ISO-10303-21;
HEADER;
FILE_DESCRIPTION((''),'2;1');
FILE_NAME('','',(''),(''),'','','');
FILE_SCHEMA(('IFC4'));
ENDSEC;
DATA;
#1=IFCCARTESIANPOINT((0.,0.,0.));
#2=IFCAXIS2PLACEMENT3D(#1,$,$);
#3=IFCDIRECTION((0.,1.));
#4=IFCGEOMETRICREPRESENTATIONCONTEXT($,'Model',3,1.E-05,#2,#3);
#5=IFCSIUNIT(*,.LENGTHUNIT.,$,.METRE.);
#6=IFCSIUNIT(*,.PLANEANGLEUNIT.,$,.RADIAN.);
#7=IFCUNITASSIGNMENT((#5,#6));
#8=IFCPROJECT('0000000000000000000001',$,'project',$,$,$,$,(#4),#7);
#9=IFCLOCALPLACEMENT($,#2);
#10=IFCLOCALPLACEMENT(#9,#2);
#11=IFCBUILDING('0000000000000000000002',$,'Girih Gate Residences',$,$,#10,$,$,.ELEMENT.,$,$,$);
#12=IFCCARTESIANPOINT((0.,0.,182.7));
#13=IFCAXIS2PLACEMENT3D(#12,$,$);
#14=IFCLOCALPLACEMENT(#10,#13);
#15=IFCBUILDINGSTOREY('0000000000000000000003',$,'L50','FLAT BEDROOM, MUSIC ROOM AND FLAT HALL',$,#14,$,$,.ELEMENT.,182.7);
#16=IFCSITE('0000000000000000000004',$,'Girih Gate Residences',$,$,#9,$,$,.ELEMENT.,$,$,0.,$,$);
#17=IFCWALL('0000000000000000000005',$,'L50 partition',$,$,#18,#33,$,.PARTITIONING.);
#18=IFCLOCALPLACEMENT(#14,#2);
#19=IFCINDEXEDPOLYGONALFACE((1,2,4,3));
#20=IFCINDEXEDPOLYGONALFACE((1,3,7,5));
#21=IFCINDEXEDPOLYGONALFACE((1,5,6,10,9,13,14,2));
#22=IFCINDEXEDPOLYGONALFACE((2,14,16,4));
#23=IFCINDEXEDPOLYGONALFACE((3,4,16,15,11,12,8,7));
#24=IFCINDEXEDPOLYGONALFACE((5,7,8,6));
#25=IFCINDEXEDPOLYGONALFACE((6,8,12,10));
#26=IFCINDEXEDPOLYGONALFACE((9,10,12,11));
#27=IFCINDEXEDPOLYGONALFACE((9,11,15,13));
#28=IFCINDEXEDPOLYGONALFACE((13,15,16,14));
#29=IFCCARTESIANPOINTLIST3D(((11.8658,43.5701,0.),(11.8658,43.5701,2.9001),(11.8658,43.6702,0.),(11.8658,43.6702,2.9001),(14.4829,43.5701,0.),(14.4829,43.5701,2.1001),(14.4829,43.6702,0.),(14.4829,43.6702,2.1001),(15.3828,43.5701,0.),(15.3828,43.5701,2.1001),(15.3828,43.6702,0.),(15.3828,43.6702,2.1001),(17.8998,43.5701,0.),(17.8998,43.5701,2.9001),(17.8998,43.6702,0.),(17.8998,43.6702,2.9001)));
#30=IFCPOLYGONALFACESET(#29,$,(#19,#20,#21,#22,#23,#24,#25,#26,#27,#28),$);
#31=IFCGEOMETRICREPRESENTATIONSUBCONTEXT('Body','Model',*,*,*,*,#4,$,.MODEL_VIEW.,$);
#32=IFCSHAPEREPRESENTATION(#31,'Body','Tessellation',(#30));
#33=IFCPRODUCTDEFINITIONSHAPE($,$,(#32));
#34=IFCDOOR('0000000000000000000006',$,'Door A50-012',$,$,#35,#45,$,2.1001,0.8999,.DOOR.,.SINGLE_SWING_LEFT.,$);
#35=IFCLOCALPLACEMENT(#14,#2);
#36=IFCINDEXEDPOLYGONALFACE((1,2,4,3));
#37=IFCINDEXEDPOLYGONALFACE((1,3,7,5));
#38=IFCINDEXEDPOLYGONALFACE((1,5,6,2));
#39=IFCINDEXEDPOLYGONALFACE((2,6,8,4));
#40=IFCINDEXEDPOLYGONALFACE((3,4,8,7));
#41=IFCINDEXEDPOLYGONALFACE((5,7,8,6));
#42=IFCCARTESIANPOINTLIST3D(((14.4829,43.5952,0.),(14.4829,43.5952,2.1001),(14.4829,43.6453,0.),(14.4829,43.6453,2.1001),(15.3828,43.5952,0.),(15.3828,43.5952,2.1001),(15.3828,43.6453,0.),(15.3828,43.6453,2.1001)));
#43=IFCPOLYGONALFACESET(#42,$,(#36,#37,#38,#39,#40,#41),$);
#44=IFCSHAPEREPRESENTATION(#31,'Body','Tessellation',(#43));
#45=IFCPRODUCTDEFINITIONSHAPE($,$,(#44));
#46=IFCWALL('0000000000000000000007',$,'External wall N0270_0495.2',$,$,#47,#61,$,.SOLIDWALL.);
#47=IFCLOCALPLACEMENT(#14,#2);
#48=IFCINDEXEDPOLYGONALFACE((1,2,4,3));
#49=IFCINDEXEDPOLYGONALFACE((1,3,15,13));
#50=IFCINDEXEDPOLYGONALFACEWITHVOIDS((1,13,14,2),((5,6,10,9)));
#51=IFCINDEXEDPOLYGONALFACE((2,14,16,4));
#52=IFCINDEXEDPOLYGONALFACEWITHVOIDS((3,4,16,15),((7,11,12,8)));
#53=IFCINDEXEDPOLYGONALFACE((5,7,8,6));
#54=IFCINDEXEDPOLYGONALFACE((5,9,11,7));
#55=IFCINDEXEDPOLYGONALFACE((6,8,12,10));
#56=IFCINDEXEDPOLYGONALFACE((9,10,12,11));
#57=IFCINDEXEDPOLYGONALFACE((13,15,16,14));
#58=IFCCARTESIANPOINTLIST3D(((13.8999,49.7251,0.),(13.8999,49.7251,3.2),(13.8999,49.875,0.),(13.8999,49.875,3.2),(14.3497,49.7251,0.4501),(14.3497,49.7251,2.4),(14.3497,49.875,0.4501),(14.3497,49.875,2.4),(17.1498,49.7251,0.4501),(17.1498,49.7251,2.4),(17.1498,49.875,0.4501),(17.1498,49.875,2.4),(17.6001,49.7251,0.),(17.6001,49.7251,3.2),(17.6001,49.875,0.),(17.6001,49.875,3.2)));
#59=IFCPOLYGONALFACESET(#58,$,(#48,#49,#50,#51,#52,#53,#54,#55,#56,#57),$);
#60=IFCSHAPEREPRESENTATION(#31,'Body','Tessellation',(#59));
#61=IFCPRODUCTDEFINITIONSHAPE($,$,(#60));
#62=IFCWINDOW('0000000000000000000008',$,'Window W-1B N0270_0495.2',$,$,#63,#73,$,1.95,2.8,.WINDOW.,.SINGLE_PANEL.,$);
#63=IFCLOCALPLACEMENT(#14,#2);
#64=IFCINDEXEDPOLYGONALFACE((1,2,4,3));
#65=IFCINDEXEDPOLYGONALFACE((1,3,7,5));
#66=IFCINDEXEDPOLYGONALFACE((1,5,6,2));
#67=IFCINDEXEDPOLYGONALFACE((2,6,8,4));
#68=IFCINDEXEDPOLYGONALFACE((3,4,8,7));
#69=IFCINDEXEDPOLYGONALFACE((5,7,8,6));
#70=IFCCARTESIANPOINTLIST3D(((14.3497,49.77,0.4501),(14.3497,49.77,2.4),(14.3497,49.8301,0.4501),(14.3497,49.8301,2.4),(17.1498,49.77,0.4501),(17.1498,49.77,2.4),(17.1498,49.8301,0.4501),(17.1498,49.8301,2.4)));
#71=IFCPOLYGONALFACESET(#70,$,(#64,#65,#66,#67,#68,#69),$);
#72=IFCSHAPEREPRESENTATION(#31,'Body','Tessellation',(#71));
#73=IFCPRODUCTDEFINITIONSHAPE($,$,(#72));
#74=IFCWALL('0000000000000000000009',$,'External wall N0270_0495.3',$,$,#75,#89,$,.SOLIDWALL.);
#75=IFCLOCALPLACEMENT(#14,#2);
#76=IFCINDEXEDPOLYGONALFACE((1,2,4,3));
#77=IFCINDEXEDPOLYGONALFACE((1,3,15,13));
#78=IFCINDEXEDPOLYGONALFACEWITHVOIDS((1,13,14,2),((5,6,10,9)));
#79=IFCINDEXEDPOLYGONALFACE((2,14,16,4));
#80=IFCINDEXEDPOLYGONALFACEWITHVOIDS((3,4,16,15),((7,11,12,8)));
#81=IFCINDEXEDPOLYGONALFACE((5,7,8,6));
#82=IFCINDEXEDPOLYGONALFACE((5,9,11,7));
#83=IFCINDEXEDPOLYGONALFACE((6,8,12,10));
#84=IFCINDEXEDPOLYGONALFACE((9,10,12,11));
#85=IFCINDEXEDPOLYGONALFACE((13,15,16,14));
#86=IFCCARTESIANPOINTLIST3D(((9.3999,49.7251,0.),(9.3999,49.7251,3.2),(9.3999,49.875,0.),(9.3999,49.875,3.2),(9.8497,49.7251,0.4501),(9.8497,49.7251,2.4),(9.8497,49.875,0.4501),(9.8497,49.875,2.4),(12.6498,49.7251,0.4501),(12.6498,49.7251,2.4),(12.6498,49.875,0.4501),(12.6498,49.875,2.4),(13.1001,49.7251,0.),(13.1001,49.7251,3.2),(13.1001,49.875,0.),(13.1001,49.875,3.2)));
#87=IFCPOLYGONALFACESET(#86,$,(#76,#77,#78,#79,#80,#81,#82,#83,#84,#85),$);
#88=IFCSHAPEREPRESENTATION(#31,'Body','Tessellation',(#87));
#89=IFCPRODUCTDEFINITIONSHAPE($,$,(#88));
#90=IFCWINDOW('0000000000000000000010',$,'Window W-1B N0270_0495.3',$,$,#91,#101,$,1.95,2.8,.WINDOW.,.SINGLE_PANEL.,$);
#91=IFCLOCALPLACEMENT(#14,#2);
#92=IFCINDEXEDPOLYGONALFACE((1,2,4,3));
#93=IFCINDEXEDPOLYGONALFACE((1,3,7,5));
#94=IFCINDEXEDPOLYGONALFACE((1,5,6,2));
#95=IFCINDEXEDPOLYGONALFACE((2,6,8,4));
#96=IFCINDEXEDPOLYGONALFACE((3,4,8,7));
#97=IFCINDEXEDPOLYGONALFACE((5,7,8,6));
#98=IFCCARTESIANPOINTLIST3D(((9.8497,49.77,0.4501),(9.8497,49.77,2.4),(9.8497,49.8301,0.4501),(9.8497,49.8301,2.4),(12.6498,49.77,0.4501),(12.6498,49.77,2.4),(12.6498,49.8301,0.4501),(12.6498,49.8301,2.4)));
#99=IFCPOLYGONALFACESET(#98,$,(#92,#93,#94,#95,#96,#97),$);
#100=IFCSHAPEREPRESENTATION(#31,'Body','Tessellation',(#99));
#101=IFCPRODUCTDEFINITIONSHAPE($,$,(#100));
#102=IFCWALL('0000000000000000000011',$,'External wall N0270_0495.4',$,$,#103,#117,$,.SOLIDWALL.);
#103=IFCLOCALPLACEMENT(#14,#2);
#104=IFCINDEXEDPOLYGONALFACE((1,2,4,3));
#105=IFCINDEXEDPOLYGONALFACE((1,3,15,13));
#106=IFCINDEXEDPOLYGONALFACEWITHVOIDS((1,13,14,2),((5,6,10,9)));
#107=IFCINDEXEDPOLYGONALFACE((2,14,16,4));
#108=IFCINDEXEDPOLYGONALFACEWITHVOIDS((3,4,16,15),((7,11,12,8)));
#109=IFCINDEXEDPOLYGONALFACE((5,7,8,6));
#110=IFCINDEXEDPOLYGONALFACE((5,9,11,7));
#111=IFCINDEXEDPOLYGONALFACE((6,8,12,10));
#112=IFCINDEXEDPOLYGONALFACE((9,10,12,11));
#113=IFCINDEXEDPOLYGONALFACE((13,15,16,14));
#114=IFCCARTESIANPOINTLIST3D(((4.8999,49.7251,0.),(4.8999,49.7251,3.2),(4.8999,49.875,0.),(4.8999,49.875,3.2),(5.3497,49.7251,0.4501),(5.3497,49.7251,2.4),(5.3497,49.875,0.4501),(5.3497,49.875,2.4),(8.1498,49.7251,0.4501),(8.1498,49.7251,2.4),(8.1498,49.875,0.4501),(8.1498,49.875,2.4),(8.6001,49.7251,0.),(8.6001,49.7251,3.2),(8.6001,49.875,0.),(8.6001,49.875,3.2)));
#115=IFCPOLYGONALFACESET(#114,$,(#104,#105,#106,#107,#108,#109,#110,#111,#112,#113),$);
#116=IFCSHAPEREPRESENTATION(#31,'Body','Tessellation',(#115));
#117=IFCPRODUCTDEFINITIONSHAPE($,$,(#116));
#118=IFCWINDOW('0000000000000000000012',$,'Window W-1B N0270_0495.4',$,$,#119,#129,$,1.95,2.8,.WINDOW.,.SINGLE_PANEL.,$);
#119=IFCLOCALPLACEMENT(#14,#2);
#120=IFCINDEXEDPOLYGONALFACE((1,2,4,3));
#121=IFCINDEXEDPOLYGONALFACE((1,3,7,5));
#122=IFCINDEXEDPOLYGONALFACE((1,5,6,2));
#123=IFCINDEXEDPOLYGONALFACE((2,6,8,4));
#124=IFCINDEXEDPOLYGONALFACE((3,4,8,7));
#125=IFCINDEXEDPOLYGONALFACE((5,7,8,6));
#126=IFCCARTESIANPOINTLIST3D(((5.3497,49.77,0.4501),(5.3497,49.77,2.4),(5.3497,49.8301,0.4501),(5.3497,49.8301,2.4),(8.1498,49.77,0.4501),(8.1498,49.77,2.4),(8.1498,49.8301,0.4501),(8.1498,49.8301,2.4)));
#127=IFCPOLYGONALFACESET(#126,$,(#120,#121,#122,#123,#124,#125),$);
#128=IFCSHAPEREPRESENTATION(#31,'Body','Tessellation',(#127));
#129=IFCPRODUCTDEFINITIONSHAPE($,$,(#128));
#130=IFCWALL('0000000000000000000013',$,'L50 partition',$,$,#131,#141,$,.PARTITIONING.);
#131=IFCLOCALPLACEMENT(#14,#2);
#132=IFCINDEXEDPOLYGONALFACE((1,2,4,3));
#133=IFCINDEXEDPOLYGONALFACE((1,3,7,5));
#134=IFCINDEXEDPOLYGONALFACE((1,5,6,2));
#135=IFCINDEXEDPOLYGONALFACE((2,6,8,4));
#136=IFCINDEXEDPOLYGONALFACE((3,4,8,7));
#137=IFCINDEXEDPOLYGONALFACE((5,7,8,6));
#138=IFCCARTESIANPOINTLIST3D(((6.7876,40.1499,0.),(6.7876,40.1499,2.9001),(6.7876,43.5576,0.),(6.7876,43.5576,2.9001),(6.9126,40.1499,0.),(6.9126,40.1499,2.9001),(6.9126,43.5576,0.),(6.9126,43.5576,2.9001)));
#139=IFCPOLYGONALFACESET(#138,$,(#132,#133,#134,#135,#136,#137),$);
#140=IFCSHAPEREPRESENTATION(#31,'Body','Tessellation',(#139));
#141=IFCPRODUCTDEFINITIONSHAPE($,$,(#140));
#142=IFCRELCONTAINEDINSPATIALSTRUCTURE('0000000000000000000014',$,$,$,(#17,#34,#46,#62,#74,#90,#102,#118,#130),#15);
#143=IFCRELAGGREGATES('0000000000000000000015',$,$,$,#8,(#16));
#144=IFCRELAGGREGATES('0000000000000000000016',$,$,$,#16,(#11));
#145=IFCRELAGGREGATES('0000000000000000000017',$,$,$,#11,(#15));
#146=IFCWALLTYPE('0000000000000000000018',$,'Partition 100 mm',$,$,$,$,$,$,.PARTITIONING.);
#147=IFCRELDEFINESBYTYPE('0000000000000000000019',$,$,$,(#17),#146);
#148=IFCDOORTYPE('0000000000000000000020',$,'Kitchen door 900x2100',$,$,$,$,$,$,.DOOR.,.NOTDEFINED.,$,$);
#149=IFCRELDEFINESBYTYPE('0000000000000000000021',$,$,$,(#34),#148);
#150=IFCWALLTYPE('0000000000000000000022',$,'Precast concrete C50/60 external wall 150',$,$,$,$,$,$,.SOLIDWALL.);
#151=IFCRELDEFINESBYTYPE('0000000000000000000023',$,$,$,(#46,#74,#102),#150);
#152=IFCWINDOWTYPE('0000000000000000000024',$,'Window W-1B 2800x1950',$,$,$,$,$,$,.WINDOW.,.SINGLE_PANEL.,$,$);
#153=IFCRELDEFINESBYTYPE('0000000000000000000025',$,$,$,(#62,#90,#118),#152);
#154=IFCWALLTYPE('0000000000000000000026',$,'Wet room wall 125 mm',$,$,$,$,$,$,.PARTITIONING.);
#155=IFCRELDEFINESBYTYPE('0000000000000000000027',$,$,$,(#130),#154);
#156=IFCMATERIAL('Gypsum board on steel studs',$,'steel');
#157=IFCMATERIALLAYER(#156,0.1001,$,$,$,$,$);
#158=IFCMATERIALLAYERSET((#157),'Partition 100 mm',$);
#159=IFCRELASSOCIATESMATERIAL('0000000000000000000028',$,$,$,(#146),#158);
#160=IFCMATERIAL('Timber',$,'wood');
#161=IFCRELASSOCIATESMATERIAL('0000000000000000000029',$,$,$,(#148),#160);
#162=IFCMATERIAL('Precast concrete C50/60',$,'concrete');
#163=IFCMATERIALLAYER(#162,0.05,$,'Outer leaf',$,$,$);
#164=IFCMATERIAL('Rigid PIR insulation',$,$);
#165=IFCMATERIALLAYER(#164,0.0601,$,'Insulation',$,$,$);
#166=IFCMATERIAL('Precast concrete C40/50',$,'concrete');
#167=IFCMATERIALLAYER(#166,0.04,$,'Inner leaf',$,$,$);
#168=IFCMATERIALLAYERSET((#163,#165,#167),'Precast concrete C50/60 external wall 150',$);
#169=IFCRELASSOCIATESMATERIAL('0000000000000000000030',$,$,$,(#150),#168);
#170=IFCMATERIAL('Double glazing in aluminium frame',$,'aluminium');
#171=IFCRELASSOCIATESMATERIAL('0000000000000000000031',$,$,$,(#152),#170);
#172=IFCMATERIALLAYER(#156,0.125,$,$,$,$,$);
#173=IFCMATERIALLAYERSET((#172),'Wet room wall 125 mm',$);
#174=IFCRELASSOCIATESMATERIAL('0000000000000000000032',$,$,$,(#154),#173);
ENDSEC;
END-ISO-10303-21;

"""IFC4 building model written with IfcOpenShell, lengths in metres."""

from ifc_helpers import new_model, si_unit, direction, frame, frame_2d, origin, place, context, subcontext, project, spatial, rectangle, extrude, material, layer, layer_set, type_object, element, fill, save


model = new_model("IFC4")

# Units and contexts
model_context = context("Model", 3, precision=1e-05, world=origin(), true_north=direction((0.0, 1.0)))
body_context = subcontext(model_context, "Body", "Model", "MODEL_VIEW")
ifc_project = project(units=[si_unit("LENGTHUNIT", "METRE"), si_unit("PLANEANGLEUNIT", "RADIAN")], contexts=[model_context])

# Site, building, storey
site_placement = place(None, origin())
site = spatial("IfcSite", under=ifc_project, at=site_placement, Name="Girih Gate Residences", CompositionType="ELEMENT", RefElevation=0.0)
building_placement = place(site_placement, origin())
building = spatial("IfcBuilding", under=site, at=building_placement, Name="Girih Gate Residences", CompositionType="ELEMENT")
storey_placement = place(building_placement, frame((0.0, 0.0, 182.7)))
storey = spatial("IfcBuildingStorey", under=building, at=storey_placement, Name="L50", Description="FLAT BEDROOM, MUSIC ROOM AND FLAT HALL", CompositionType="ELEMENT", Elevation=182.7)

# Shared definitions
ifc_material_1 = material(Name="Gypsum board on steel studs", Category="steel")
ifc_layer_1 = layer(ifc_material_1, 0.1001)
ifc_layer_set_1 = layer_set([ifc_layer_1], Name="Partition 100 mm")
wall_type_1 = type_object("IfcWallType", Name="Partition 100 mm", PredefinedType="PARTITIONING", material=ifc_layer_set_1)

# Wall, opening, door
ifc_material_2 = material(Name="Timber", Category="wood")
wall_1_placement = place(storey_placement, frame((17.8999, 43.6201, 0.0), z_axis=(0.0, 0.0, 1.0), x_axis=(-1.0, 0.0, 0.0)))
wall_1 = element("IfcWall", 1, at=wall_1_placement, inside=storey, type_object=wall_type_1, Name="L50 partition", PredefinedType="PARTITIONING", context=body_context, shape_type="SweptSolid", body=[
    extrude(rectangle(XDim=6.0339, YDim=0.1001, at=frame_2d((3.0171, 0.0))), origin(), (0.0, 0.0, 1.0), 2.9001),
])
opening_1_placement = place(wall_1_placement, frame((2.5171, 0.0, 0.0)))
opening_1 = element("IfcOpeningElement", 2, at=opening_1_placement, cuts=wall_1, PredefinedType="OPENING", context=body_context, shape_type="SweptSolid", body=[
    extrude(rectangle(XDim=0.8999, YDim=2.1001, at=frame_2d((0.45, 1.05))), frame((0.0, 0.0601, 0.0), z_axis=(0.0, -1.0, 0.0), x_axis=(1.0, 0.0, 0.0)), (0.0, 0.0, 1.0), 0.1201),
])
door_type_1 = type_object("IfcDoorType", Name="Kitchen door 900x2100", OperationType="NOTDEFINED", PredefinedType="DOOR", material=ifc_material_2)
door_1_placement = place(opening_1_placement, origin())
door_1 = element("IfcDoor", 3, at=door_1_placement, inside=storey, type_object=door_type_1, Name="Door A50-012", OperationType="SINGLE_SWING_LEFT", OverallHeight=2.1001, OverallWidth=0.8999, PredefinedType="DOOR", context=body_context, shape_type="SweptSolid", body=[
    extrude(rectangle(XDim=0.8999, YDim=2.1001, at=frame_2d((0.45, 1.05))), frame((0.0, 0.0249, 0.0), z_axis=(0.0, -1.0, 0.0), x_axis=(1.0, 0.0, 0.0)), (0.0, 0.0, 1.0), 0.05),
])
fill(opening_1, door_1)

# Walls, openings, windows
ifc_material_3 = material(Name="Precast concrete C50/60", Category="concrete")
ifc_layer_2 = layer(ifc_material_3, 0.05, Name="Outer leaf")
ifc_material_4 = material(Name="Rigid PIR insulation")
ifc_layer_3 = layer(ifc_material_4, 0.0601, Name="Insulation")
ifc_material_5 = material(Name="Precast concrete C40/50", Category="concrete")
ifc_layer_4 = layer(ifc_material_5, 0.04, Name="Inner leaf")
ifc_layer_set_2 = layer_set([ifc_layer_2, ifc_layer_3, ifc_layer_4], Name="Precast concrete C50/60 external wall 150")
wall_type_2 = type_object("IfcWallType", Name="Precast concrete C50/60 external wall 150", PredefinedType="SOLIDWALL", material=ifc_layer_set_2)
wall_2_placement = place(storey_placement, frame((13.8999, 49.8, 0.0), z_axis=(0.0, 0.0, 1.0), x_axis=(1.0, 0.0, 0.0)))
wall_2 = element("IfcWall", 4, at=wall_2_placement, inside=storey, type_object=wall_type_2, Name="External wall N0270_0495.2", PredefinedType="SOLIDWALL", context=body_context, shape_type="SweptSolid", body=[
    extrude(rectangle(XDim=3.7002, YDim=0.1499, at=frame_2d((1.8501, 0.0))), origin(), (0.0, 0.0, 1.0), 3.2),
])
opening_2_placement = place(wall_2_placement, frame((0.45, 0.0, 0.45)))
opening_2 = element("IfcOpeningElement", 5, at=opening_2_placement, cuts=wall_2, PredefinedType="OPENING", context=body_context, shape_type="SweptSolid", body=[
    extrude(rectangle(XDim=2.8, YDim=1.95, at=frame_2d((1.3999, 0.9751))), frame((0.0, 0.085, 0.0), z_axis=(0.0, -1.0, 0.0), x_axis=(1.0, 0.0, 0.0)), (0.0, 0.0, 1.0), 0.1699),
])
ifc_material_6 = material(Name="Double glazing in aluminium frame", Category="aluminium")
window_type = type_object("IfcWindowType", Name="Window W-1B 2800x1950", PartitioningType="SINGLE_PANEL", PredefinedType="WINDOW", material=ifc_material_6)
window_1_placement = place(opening_2_placement, origin())
window_1 = element("IfcWindow", 6, at=window_1_placement, inside=storey, type_object=window_type, Name="Window W-1B N0270_0495.2", OverallHeight=1.95, OverallWidth=2.8, PartitioningType="SINGLE_PANEL", PredefinedType="WINDOW", context=body_context, shape_type="SweptSolid", body=[
    extrude(rectangle(XDim=2.8, YDim=1.95, at=frame_2d((1.3999, 0.9751))), frame((0.0, 0.03, 0.0), z_axis=(0.0, -1.0, 0.0), x_axis=(1.0, 0.0, 0.0)), (0.0, 0.0, 1.0), 0.0601),
])
fill(opening_2, window_1)
wall_3_placement = place(storey_placement, frame((9.3999, 49.8, 0.0), z_axis=(0.0, 0.0, 1.0), x_axis=(1.0, 0.0, 0.0)))
wall_3 = element("IfcWall", 7, at=wall_3_placement, inside=storey, type_object=wall_type_2, Name="External wall N0270_0495.3", PredefinedType="SOLIDWALL", context=body_context, shape_type="SweptSolid", body=[
    extrude(rectangle(XDim=3.7002, YDim=0.1499, at=frame_2d((1.8501, 0.0))), origin(), (0.0, 0.0, 1.0), 3.2),
])
opening_3_placement = place(wall_3_placement, frame((0.45, 0.0, 0.45)))
opening_3 = element("IfcOpeningElement", 8, at=opening_3_placement, cuts=wall_3, PredefinedType="OPENING", context=body_context, shape_type="SweptSolid", body=[
    extrude(rectangle(XDim=2.8, YDim=1.95, at=frame_2d((1.3999, 0.9751))), frame((0.0, 0.085, 0.0), z_axis=(0.0, -1.0, 0.0), x_axis=(1.0, 0.0, 0.0)), (0.0, 0.0, 1.0), 0.1699),
])
window_2_placement = place(opening_3_placement, origin())
window_2 = element("IfcWindow", 9, at=window_2_placement, inside=storey, type_object=window_type, Name="Window W-1B N0270_0495.3", OverallHeight=1.95, OverallWidth=2.8, PartitioningType="SINGLE_PANEL", PredefinedType="WINDOW", context=body_context, shape_type="SweptSolid", body=[
    extrude(rectangle(XDim=2.8, YDim=1.95, at=frame_2d((1.3999, 0.9751))), frame((0.0, 0.03, 0.0), z_axis=(0.0, -1.0, 0.0), x_axis=(1.0, 0.0, 0.0)), (0.0, 0.0, 1.0), 0.0601),
])
fill(opening_3, window_2)
wall_4_placement = place(storey_placement, frame((4.8999, 49.8, 0.0), z_axis=(0.0, 0.0, 1.0), x_axis=(1.0, 0.0, 0.0)))
wall_4 = element("IfcWall", 10, at=wall_4_placement, inside=storey, type_object=wall_type_2, Name="External wall N0270_0495.4", PredefinedType="SOLIDWALL", context=body_context, shape_type="SweptSolid", body=[
    extrude(rectangle(XDim=3.7002, YDim=0.1499, at=frame_2d((1.8501, 0.0))), origin(), (0.0, 0.0, 1.0), 3.2),
])
opening_4_placement = place(wall_4_placement, frame((0.45, 0.0, 0.45)))
opening_4 = element("IfcOpeningElement", 11, at=opening_4_placement, cuts=wall_4, PredefinedType="OPENING", context=body_context, shape_type="SweptSolid", body=[
    extrude(rectangle(XDim=2.8, YDim=1.95, at=frame_2d((1.3999, 0.9751))), frame((0.0, 0.085, 0.0), z_axis=(0.0, -1.0, 0.0), x_axis=(1.0, 0.0, 0.0)), (0.0, 0.0, 1.0), 0.1699),
])
window_3_placement = place(opening_4_placement, origin())
window_3 = element("IfcWindow", 12, at=window_3_placement, inside=storey, type_object=window_type, Name="Window W-1B N0270_0495.4", OverallHeight=1.95, OverallWidth=2.8, PartitioningType="SINGLE_PANEL", PredefinedType="WINDOW", context=body_context, shape_type="SweptSolid", body=[
    extrude(rectangle(XDim=2.8, YDim=1.95, at=frame_2d((1.3999, 0.9751))), frame((0.0, 0.03, 0.0), z_axis=(0.0, -1.0, 0.0), x_axis=(1.0, 0.0, 0.0)), (0.0, 0.0, 1.0), 0.0601),
])
fill(opening_4, window_3)

# Wall
ifc_layer_5 = layer(ifc_material_1, 0.125)
ifc_layer_set_3 = layer_set([ifc_layer_5], Name="Wet room wall 125 mm")
wall_type_3 = type_object("IfcWallType", Name="Wet room wall 125 mm", PredefinedType="PARTITIONING", material=ifc_layer_set_3)
wall_5_placement = place(storey_placement, frame((6.8501, 40.1499, 0.0), z_axis=(0.0, 0.0, 1.0), x_axis=(0.0, 1.0, 0.0)))
element("IfcWall", 13, at=wall_5_placement, inside=storey, type_object=wall_type_3, Name="L50 partition", PredefinedType="PARTITIONING", context=body_context, shape_type="SweptSolid", body=[
    extrude(rectangle(XDim=3.4077, YDim=0.125, at=frame_2d((1.7039, 0.0))), origin(), (0.0, 0.0, 1.0), 2.9001),
])

save(model, "model.ifc")
